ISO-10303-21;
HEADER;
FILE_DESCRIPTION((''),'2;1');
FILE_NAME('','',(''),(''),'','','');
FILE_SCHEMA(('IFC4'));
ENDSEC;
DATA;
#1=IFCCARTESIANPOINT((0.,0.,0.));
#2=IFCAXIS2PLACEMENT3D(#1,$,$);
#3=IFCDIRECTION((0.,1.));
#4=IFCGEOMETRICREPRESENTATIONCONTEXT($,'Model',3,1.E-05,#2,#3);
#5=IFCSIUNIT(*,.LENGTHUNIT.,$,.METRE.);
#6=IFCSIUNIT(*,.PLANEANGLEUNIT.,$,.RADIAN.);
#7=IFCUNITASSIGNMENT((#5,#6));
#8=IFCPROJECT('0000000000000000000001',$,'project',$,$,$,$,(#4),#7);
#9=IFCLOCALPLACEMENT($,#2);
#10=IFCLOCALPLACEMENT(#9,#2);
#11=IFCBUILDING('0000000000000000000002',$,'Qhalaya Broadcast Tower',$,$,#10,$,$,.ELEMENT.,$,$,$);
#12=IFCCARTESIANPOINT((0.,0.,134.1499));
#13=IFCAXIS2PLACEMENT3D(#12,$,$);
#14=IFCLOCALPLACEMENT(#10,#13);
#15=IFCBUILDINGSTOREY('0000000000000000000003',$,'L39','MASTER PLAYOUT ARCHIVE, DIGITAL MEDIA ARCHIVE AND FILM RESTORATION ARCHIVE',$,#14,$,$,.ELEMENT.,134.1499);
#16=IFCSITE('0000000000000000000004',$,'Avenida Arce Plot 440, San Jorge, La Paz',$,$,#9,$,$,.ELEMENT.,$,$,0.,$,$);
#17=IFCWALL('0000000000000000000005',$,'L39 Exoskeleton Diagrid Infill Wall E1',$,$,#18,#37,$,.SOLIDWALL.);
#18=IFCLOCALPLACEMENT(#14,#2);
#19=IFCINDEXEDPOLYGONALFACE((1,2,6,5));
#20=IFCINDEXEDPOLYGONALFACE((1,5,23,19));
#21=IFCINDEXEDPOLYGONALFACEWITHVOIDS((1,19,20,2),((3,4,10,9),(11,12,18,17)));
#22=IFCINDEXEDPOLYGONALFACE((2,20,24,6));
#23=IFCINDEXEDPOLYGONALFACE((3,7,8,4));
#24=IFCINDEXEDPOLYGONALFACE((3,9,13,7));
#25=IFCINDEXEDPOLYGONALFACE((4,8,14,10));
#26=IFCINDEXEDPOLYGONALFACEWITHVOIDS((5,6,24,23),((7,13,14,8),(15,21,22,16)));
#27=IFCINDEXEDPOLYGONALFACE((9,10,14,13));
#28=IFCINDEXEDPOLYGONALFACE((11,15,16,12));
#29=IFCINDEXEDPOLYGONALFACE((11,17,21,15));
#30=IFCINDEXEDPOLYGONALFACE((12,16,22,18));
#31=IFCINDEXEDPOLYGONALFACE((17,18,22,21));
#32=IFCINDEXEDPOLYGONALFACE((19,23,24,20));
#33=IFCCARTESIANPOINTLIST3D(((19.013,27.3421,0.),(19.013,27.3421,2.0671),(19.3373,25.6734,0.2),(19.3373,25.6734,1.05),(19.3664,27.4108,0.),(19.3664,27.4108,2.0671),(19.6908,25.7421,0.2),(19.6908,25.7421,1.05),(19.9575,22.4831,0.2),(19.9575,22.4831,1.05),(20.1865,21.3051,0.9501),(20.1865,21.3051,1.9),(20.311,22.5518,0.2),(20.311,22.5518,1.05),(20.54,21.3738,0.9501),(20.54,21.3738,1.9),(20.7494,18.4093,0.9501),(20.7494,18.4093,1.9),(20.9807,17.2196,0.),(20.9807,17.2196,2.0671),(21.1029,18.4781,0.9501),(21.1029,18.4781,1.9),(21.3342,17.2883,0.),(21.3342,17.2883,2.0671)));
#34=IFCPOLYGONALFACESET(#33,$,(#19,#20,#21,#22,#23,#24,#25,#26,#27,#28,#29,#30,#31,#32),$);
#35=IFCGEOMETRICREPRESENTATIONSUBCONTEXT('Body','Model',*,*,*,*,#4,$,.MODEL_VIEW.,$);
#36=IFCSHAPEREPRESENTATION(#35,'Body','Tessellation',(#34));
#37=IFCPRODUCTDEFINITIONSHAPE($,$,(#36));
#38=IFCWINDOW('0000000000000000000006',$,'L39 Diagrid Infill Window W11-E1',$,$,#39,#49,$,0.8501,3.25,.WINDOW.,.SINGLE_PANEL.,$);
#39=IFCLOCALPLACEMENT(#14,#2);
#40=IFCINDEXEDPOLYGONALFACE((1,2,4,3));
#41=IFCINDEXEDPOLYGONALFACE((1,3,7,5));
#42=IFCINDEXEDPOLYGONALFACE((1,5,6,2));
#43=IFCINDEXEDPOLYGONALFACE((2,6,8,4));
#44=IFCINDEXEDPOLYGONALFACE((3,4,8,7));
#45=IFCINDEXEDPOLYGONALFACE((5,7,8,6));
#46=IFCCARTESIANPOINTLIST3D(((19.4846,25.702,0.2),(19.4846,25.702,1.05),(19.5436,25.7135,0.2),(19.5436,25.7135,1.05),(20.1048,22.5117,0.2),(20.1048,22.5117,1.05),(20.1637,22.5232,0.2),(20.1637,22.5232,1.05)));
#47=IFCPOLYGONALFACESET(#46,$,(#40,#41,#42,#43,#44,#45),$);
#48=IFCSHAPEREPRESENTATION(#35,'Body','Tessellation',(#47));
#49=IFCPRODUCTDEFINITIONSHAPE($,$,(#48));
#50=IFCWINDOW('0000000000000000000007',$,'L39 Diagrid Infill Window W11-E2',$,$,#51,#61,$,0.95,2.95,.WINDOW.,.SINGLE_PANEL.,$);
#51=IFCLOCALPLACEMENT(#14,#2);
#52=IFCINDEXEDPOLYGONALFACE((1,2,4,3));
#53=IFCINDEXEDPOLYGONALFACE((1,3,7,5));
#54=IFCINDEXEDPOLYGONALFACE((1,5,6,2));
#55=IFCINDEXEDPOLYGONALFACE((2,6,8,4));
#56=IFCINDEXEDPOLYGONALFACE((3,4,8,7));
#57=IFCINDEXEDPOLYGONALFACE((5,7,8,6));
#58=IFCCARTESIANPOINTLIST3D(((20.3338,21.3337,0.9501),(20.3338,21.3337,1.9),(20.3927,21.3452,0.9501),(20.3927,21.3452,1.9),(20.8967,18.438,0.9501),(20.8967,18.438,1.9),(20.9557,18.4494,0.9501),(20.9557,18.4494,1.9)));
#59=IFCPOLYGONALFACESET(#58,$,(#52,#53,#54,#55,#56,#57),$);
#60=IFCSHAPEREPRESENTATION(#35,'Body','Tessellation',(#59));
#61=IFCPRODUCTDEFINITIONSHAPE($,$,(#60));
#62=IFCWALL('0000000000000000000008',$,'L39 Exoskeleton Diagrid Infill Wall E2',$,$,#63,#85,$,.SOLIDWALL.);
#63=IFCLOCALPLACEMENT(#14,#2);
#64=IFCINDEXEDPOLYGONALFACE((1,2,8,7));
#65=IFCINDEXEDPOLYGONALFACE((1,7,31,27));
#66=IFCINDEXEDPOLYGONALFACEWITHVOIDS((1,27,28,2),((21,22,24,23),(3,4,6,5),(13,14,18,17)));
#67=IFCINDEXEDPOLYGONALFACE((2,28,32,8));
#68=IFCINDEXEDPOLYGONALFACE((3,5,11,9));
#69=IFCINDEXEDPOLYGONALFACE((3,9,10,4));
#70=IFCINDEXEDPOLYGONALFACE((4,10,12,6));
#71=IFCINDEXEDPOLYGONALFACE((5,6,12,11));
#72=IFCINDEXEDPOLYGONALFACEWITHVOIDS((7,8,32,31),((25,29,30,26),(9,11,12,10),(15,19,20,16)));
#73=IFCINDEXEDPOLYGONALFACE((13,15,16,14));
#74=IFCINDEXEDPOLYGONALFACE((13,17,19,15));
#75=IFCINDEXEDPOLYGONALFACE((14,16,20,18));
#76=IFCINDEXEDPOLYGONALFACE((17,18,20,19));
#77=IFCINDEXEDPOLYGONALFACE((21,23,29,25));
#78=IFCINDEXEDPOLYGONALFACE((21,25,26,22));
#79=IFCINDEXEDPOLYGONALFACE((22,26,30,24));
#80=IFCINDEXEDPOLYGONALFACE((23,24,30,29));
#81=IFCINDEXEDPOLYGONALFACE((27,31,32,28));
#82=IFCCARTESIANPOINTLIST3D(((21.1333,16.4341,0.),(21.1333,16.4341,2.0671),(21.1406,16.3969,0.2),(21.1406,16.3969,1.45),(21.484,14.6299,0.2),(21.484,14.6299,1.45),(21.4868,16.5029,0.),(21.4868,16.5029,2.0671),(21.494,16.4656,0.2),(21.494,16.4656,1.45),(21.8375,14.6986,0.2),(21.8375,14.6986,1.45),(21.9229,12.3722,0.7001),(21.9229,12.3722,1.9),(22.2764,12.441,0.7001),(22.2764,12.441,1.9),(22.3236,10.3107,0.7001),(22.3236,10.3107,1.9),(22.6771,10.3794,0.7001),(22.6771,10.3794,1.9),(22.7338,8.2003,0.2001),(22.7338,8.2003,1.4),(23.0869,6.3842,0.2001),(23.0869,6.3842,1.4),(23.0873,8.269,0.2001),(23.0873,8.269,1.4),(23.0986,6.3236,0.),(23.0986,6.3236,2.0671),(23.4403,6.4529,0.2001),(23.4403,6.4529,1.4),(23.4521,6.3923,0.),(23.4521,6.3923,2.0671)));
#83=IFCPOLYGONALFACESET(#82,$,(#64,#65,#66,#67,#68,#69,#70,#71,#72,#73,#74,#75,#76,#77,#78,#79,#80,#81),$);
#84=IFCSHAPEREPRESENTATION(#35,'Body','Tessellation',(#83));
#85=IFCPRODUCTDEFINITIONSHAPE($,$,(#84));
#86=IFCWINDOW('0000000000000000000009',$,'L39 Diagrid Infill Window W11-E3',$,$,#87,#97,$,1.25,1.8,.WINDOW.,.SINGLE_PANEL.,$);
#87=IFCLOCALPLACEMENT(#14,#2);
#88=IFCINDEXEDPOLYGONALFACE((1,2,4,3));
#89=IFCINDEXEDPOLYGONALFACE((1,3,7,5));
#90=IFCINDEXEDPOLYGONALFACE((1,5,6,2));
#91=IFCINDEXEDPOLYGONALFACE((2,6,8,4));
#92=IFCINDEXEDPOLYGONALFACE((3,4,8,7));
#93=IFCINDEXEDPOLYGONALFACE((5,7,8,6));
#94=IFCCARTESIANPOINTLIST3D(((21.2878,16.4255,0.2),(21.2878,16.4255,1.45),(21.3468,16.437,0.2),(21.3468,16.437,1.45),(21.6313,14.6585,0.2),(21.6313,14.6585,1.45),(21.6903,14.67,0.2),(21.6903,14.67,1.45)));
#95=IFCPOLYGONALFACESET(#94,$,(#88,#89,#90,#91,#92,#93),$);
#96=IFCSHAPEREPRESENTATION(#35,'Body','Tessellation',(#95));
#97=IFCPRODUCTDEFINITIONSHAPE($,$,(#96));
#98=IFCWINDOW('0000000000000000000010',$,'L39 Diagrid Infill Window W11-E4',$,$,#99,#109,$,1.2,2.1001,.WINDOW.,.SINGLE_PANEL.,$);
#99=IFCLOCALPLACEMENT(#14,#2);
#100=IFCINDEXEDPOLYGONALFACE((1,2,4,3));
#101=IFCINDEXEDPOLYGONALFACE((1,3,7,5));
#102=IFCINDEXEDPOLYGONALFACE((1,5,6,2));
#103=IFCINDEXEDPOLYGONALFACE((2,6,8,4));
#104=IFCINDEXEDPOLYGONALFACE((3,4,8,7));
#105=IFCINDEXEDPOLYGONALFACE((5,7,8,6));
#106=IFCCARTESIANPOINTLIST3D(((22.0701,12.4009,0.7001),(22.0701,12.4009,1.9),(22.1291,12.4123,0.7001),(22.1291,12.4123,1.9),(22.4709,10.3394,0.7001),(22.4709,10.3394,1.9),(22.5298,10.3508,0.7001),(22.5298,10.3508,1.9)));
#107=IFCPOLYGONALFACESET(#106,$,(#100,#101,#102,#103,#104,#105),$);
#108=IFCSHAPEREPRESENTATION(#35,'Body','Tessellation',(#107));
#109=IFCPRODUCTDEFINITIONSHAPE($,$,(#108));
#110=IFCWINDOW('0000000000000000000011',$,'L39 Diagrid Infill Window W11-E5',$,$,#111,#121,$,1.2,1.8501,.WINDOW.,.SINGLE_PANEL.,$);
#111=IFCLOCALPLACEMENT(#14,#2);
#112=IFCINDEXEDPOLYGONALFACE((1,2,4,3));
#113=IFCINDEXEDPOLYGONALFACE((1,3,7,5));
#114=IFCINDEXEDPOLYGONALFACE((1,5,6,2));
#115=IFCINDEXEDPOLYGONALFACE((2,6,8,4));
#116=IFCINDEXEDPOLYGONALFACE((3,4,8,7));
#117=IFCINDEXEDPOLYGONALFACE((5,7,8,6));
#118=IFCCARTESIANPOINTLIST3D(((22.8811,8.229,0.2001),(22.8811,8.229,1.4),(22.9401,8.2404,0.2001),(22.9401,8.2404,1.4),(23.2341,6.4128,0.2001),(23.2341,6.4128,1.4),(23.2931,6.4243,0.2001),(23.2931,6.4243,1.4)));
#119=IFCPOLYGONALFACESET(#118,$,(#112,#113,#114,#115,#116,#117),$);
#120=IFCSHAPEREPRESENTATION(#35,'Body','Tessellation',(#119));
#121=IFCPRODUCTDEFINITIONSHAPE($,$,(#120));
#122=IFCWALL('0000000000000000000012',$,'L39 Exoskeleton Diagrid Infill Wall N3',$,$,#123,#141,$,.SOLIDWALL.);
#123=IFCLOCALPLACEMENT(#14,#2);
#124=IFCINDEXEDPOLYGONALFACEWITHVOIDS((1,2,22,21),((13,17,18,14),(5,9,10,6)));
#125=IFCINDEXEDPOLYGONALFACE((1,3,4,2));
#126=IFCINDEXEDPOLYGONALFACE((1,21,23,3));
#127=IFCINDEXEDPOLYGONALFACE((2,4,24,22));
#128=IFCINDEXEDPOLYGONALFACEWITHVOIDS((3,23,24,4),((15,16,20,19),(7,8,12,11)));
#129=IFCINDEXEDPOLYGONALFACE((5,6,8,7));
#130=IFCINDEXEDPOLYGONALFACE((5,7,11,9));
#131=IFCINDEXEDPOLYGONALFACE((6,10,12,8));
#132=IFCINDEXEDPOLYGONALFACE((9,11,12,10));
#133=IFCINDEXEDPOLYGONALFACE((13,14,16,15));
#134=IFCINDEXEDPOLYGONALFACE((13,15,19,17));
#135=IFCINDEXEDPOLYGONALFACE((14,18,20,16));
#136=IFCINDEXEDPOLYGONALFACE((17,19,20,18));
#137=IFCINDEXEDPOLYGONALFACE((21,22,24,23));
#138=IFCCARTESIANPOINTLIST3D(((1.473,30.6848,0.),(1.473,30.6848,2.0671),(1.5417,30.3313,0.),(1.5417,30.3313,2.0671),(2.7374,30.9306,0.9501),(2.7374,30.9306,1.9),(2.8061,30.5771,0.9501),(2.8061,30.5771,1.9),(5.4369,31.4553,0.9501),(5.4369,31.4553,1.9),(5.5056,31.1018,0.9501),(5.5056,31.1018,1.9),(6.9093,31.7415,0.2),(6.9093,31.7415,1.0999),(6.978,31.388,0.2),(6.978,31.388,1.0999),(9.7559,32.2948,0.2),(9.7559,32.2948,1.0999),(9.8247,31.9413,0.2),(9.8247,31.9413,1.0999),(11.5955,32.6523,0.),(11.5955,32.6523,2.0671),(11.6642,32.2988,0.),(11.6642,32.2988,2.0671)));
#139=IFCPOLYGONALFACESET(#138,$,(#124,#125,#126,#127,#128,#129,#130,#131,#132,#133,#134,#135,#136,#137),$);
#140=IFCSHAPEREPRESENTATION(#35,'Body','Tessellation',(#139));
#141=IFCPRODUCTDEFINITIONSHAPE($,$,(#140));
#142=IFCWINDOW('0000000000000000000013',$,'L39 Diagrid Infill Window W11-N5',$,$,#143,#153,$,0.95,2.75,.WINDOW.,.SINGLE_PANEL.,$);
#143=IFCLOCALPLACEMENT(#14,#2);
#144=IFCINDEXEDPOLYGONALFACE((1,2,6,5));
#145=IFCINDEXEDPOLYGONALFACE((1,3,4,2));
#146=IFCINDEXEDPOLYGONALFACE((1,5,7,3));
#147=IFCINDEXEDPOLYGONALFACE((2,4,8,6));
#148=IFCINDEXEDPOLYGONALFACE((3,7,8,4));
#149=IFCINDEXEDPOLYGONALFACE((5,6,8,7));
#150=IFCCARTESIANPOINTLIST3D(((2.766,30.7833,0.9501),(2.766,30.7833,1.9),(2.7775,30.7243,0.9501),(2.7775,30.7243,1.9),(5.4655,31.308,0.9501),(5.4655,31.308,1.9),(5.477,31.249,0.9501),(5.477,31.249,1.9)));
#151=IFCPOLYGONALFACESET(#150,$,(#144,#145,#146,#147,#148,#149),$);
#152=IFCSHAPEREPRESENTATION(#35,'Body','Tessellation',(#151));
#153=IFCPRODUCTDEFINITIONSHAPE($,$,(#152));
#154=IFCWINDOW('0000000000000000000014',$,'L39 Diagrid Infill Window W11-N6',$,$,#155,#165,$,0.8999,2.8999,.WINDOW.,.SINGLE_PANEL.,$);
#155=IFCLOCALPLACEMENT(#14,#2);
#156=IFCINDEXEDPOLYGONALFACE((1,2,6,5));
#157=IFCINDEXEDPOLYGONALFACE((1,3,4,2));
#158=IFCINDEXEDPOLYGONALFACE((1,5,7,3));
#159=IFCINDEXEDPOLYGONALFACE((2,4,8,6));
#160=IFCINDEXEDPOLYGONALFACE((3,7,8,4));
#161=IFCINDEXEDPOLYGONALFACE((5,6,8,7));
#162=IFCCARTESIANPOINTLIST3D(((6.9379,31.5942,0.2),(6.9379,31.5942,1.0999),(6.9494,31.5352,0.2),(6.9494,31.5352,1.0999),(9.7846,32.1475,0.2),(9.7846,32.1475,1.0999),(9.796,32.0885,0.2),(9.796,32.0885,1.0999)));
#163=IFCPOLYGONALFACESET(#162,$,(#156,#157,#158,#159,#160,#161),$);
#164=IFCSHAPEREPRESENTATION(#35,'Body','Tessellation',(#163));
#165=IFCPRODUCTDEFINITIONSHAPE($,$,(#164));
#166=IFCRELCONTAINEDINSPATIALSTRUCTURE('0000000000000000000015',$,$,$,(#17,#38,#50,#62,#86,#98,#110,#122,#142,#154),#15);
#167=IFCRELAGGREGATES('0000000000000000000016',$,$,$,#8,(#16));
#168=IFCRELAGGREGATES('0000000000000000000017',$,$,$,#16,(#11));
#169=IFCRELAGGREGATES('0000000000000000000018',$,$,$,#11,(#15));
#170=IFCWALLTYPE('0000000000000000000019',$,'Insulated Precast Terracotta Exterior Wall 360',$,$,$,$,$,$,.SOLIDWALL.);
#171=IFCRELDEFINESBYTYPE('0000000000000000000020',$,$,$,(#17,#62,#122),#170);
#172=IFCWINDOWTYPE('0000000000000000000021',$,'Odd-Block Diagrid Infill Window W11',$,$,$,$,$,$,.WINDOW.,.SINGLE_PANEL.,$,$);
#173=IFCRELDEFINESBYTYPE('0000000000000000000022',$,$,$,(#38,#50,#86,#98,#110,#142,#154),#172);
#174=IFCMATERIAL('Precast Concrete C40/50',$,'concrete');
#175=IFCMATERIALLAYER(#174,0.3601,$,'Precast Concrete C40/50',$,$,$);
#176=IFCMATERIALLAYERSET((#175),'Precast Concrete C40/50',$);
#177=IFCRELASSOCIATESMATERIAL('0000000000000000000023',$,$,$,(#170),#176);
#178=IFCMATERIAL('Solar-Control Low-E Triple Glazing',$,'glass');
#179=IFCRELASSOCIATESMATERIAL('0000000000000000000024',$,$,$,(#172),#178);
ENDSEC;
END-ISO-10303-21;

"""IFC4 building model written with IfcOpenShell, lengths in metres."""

from ifc_helpers import new_model, si_unit, direction, frame, frame_2d, origin, place, context, subcontext, project, spatial, rectangle, extrude, material, layer, layer_set, type_object, element, fill, save


model = new_model("IFC4")

# Units and contexts
model_context = context("Model", 3, precision=1e-05, world=origin(), true_north=direction((0.0, 1.0)))
body_context = subcontext(model_context, "Body", "Model", "MODEL_VIEW")
ifc_project = project(units=[si_unit("LENGTHUNIT", "METRE"), si_unit("PLANEANGLEUNIT", "RADIAN")], contexts=[model_context])

# Site, building, storey
site_placement = place(None, origin())
site = spatial("IfcSite", under=ifc_project, at=site_placement, Name="Avenida Arce Plot 440, San Jorge, La Paz", CompositionType="ELEMENT", RefElevation=0.0)
building_placement = place(site_placement, origin())
building = spatial("IfcBuilding", under=site, at=building_placement, Name="Qhalaya Broadcast Tower", CompositionType="ELEMENT")
storey_placement = place(building_placement, frame((0.0, 0.0, 134.1499)))
storey = spatial("IfcBuildingStorey", under=building, at=storey_placement, Name="L39", Description="MASTER PLAYOUT ARCHIVE, DIGITAL MEDIA ARCHIVE AND FILM RESTORATION ARCHIVE", CompositionType="ELEMENT", Elevation=134.1499)

# Walls, openings, windows
ifc_material_1 = material(Name="Precast Concrete C40/50", Category="concrete")
ifc_layer = layer(ifc_material_1, 0.3601, Name="Precast Concrete C40/50")
ifc_layer_set = layer_set([ifc_layer], Name="Precast Concrete C40/50")
wall_type = type_object("IfcWallType", Name="Insulated Precast Terracotta Exterior Wall 360", PredefinedType="SOLIDWALL", material=ifc_layer_set)
wall_1_placement = place(storey_placement, frame((19.1897, 27.3765, 0.0), z_axis=(0.0, 0.0, 1.0), x_axis=(0.190823, -0.981625, 0.0)))
wall_1 = element("IfcWall", 1, at=wall_1_placement, inside=storey, type_object=wall_type, Name="L39 Exoskeleton Diagrid Infill Wall E1", PredefinedType="SOLIDWALL", context=body_context, shape_type="SweptSolid", body=[
    extrude(rectangle(XDim=10.312, YDim=0.3601, at=frame_2d((5.156, 0.0))), origin(), (0.0, 0.0, 1.0), 2.0671),
])
opening_1_placement = place(wall_1_placement, frame((1.7, 0.0, 0.2)))
opening_1 = element("IfcOpeningElement", 2, at=opening_1_placement, cuts=wall_1, PredefinedType="OPENING", context=body_context, shape_type="SweptSolid", body=[
    extrude(rectangle(XDim=3.25, YDim=0.8501, at=frame_2d((1.625, 0.425))), frame((0.0, 0.1921, 0.0), z_axis=(0.0, -1.0, 0.0), x_axis=(1.0, 0.0, 0.0)), (0.0, 0.0, 1.0), 0.384),
])
opening_2_placement = place(wall_1_placement, frame((6.1499, 0.0, 0.95)))
opening_2 = element("IfcOpeningElement", 3, at=opening_2_placement, cuts=wall_1, PredefinedType="OPENING", context=body_context, shape_type="SweptSolid", body=[
    extrude(rectangle(XDim=2.95, YDim=0.95, at=frame_2d((1.4751, 0.4751))), frame((0.0, 0.1921, 0.0), z_axis=(0.0, -1.0, 0.0), x_axis=(1.0, 0.0, 0.0)), (0.0, 0.0, 1.0), 0.384),
])
ifc_material_2 = material(Name="Solar-Control Low-E Triple Glazing", Category="glass")
window_type = type_object("IfcWindowType", Name="Odd-Block Diagrid Infill Window W11", PartitioningType="SINGLE_PANEL", PredefinedType="WINDOW", material=ifc_material_2)
window_1_placement = place(opening_1_placement, origin())
window_1 = element("IfcWindow", 4, at=window_1_placement, inside=storey, type_object=window_type, Name="L39 Diagrid Infill Window W11-E1", OverallHeight=0.8501, OverallWidth=3.25, PartitioningType="SINGLE_PANEL", PredefinedType="WINDOW", context=body_context, shape_type="SweptSolid", body=[
    extrude(rectangle(XDim=3.25, YDim=0.8501, at=frame_2d((1.625, 0.425))), frame((0.0, 0.03, 0.0), z_axis=(0.0, -1.0, 0.0), x_axis=(1.0, 0.0, 0.0)), (0.0, 0.0, 1.0), 0.0601),
])
fill(opening_1, window_1)
window_2_placement = place(opening_2_placement, origin())
window_2 = element("IfcWindow", 5, at=window_2_placement, inside=storey, type_object=window_type, Name="L39 Diagrid Infill Window W11-E2", OverallHeight=0.95, OverallWidth=2.95, PartitioningType="SINGLE_PANEL", PredefinedType="WINDOW", context=body_context, shape_type="SweptSolid", body=[
    extrude(rectangle(XDim=2.95, YDim=0.95, at=frame_2d((1.4751, 0.4751))), frame((0.0, 0.03, 0.0), z_axis=(0.0, -1.0, 0.0), x_axis=(1.0, 0.0, 0.0)), (0.0, 0.0, 1.0), 0.0601),
])
fill(opening_2, window_2)
wall_2_placement = place(storey_placement, frame((21.3101, 16.4685, 0.0), z_axis=(0.0, 0.0, 1.0), x_axis=(0.190812, -0.981627, 0.0)))
wall_2 = element("IfcWall", 6, at=wall_2_placement, inside=storey, type_object=wall_type, Name="L39 Exoskeleton Diagrid Infill Wall E2", PredefinedType="SOLIDWALL", context=body_context, shape_type="SweptSolid", body=[
    extrude(rectangle(XDim=10.2998, YDim=0.3601, at=frame_2d((5.1499, 0.0))), origin(), (0.0, 0.0, 1.0), 2.0671),
])
opening_3_placement = place(wall_2_placement, frame((0.0381, 0.0, 0.2)))
opening_3 = element("IfcOpeningElement", 7, at=opening_3_placement, cuts=wall_2, PredefinedType="OPENING", context=body_context, shape_type="SweptSolid", body=[
    extrude(rectangle(XDim=1.8, YDim=1.25, at=frame_2d((0.8999, 0.625))), frame((0.0, 0.1921, 0.0), z_axis=(0.0, -1.0, 0.0), x_axis=(1.0, 0.0, 0.0)), (0.0, 0.0, 1.0), 0.384),
])
opening_4_placement = place(wall_2_placement, frame((4.1379, 0.0, 0.7)))
opening_4 = element("IfcOpeningElement", 8, at=opening_4_placement, cuts=wall_2, PredefinedType="OPENING", context=body_context, shape_type="SweptSolid", body=[
    extrude(rectangle(XDim=2.1001, YDim=1.2, at=frame_2d((1.05, 0.6001))), frame((0.0, 0.1921, 0.0), z_axis=(0.0, -1.0, 0.0), x_axis=(1.0, 0.0, 0.0)), (0.0, 0.0, 1.0), 0.384),
])
opening_5_placement = place(wall_2_placement, frame((8.3879, 0.0, 0.2)))
opening_5 = element("IfcOpeningElement", 9, at=opening_5_placement, cuts=wall_2, PredefinedType="OPENING", context=body_context, shape_type="SweptSolid", body=[
    extrude(rectangle(XDim=1.8501, YDim=1.2, at=frame_2d((0.925, 0.6001))), frame((0.0, 0.1921, 0.0), z_axis=(0.0, -1.0, 0.0), x_axis=(1.0, 0.0, 0.0)), (0.0, 0.0, 1.0), 0.384),
])
window_3_placement = place(opening_3_placement, origin())
window_3 = element("IfcWindow", 10, at=window_3_placement, inside=storey, type_object=window_type, Name="L39 Diagrid Infill Window W11-E3", OverallHeight=1.25, OverallWidth=1.8, PartitioningType="SINGLE_PANEL", PredefinedType="WINDOW", context=body_context, shape_type="SweptSolid", body=[
    extrude(rectangle(XDim=1.8, YDim=1.25, at=frame_2d((0.8999, 0.625))), frame((0.0, 0.03, 0.0), z_axis=(0.0, -1.0, 0.0), x_axis=(1.0, 0.0, 0.0)), (0.0, 0.0, 1.0), 0.0601),
])
fill(opening_3, window_3)
window_4_placement = place(opening_4_placement, origin())
window_4 = element("IfcWindow", 11, at=window_4_placement, inside=storey, type_object=window_type, Name="L39 Diagrid Infill Window W11-E4", OverallHeight=1.2, OverallWidth=2.1001, PartitioningType="SINGLE_PANEL", PredefinedType="WINDOW", context=body_context, shape_type="SweptSolid", body=[
    extrude(rectangle(XDim=2.1001, YDim=1.2, at=frame_2d((1.05, 0.6001))), frame((0.0, 0.03, 0.0), z_axis=(0.0, -1.0, 0.0), x_axis=(1.0, 0.0, 0.0)), (0.0, 0.0, 1.0), 0.0601),
])
fill(opening_4, window_4)
window_5_placement = place(opening_5_placement, origin())
window_5 = element("IfcWindow", 12, at=window_5_placement, inside=storey, type_object=window_type, Name="L39 Diagrid Infill Window W11-E5", OverallHeight=1.2, OverallWidth=1.8501, PartitioningType="SINGLE_PANEL", PredefinedType="WINDOW", context=body_context, shape_type="SweptSolid", body=[
    extrude(rectangle(XDim=1.8501, YDim=1.2, at=frame_2d((0.925, 0.6001))), frame((0.0, 0.03, 0.0), z_axis=(0.0, -1.0, 0.0), x_axis=(1.0, 0.0, 0.0)), (0.0, 0.0, 1.0), 0.0601),
])
fill(opening_5, window_5)
wall_3_placement = place(storey_placement, frame((1.5073, 30.5081, 0.0), z_axis=(0.0, 0.0, 1.0), x_axis=(0.981629, 0.1908, 0.0)))
wall_3 = element("IfcWall", 13, at=wall_3_placement, inside=storey, type_object=wall_type, Name="L39 Exoskeleton Diagrid Infill Wall N3", PredefinedType="SOLIDWALL", context=body_context, shape_type="SweptSolid", body=[
    extrude(rectangle(XDim=10.312, YDim=0.3601, at=frame_2d((5.156, 0.0))), origin(), (0.0, 0.0, 1.0), 2.0671),
])
opening_6_placement = place(wall_3_placement, frame((1.2881, 0.0, 0.95)))
opening_6 = element("IfcOpeningElement", 14, at=opening_6_placement, cuts=wall_3, PredefinedType="OPENING", context=body_context, shape_type="SweptSolid", body=[
    extrude(rectangle(XDim=2.75, YDim=0.95, at=frame_2d((1.375, 0.4751))), frame((0.0, 0.1921, 0.0), z_axis=(0.0, -1.0, 0.0), x_axis=(1.0, 0.0, 0.0)), (0.0, 0.0, 1.0), 0.384),
])
opening_7_placement = place(wall_3_placement, frame((5.5381, 0.0, 0.2)))
opening_7 = element("IfcOpeningElement", 15, at=opening_7_placement, cuts=wall_3, PredefinedType="OPENING", context=body_context, shape_type="SweptSolid", body=[
    extrude(rectangle(XDim=2.8999, YDim=0.8999, at=frame_2d((1.45, 0.45))), frame((0.0, 0.1921, 0.0), z_axis=(0.0, -1.0, 0.0), x_axis=(1.0, 0.0, 0.0)), (0.0, 0.0, 1.0), 0.384),
])
window_6_placement = place(opening_6_placement, origin())
window_6 = element("IfcWindow", 16, at=window_6_placement, inside=storey, type_object=window_type, Name="L39 Diagrid Infill Window W11-N5", OverallHeight=0.95, OverallWidth=2.75, PartitioningType="SINGLE_PANEL", PredefinedType="WINDOW", context=body_context, shape_type="SweptSolid", body=[
    extrude(rectangle(XDim=2.75, YDim=0.95, at=frame_2d((1.375, 0.4751))), frame((0.0, 0.03, 0.0), z_axis=(0.0, -1.0, 0.0), x_axis=(1.0, 0.0, 0.0)), (0.0, 0.0, 1.0), 0.0601),
])
fill(opening_6, window_6)
window_7_placement = place(opening_7_placement, origin())
window_7 = element("IfcWindow", 17, at=window_7_placement, inside=storey, type_object=window_type, Name="L39 Diagrid Infill Window W11-N6", OverallHeight=0.8999, OverallWidth=2.8999, PartitioningType="SINGLE_PANEL", PredefinedType="WINDOW", context=body_context, shape_type="SweptSolid", body=[
    extrude(rectangle(XDim=2.8999, YDim=0.8999, at=frame_2d((1.45, 0.45))), frame((0.0, 0.03, 0.0), z_axis=(0.0, -1.0, 0.0), x_axis=(1.0, 0.0, 0.0)), (0.0, 0.0, 1.0), 0.0601),
])
fill(opening_7, window_7)

save(model, "model.ifc")
